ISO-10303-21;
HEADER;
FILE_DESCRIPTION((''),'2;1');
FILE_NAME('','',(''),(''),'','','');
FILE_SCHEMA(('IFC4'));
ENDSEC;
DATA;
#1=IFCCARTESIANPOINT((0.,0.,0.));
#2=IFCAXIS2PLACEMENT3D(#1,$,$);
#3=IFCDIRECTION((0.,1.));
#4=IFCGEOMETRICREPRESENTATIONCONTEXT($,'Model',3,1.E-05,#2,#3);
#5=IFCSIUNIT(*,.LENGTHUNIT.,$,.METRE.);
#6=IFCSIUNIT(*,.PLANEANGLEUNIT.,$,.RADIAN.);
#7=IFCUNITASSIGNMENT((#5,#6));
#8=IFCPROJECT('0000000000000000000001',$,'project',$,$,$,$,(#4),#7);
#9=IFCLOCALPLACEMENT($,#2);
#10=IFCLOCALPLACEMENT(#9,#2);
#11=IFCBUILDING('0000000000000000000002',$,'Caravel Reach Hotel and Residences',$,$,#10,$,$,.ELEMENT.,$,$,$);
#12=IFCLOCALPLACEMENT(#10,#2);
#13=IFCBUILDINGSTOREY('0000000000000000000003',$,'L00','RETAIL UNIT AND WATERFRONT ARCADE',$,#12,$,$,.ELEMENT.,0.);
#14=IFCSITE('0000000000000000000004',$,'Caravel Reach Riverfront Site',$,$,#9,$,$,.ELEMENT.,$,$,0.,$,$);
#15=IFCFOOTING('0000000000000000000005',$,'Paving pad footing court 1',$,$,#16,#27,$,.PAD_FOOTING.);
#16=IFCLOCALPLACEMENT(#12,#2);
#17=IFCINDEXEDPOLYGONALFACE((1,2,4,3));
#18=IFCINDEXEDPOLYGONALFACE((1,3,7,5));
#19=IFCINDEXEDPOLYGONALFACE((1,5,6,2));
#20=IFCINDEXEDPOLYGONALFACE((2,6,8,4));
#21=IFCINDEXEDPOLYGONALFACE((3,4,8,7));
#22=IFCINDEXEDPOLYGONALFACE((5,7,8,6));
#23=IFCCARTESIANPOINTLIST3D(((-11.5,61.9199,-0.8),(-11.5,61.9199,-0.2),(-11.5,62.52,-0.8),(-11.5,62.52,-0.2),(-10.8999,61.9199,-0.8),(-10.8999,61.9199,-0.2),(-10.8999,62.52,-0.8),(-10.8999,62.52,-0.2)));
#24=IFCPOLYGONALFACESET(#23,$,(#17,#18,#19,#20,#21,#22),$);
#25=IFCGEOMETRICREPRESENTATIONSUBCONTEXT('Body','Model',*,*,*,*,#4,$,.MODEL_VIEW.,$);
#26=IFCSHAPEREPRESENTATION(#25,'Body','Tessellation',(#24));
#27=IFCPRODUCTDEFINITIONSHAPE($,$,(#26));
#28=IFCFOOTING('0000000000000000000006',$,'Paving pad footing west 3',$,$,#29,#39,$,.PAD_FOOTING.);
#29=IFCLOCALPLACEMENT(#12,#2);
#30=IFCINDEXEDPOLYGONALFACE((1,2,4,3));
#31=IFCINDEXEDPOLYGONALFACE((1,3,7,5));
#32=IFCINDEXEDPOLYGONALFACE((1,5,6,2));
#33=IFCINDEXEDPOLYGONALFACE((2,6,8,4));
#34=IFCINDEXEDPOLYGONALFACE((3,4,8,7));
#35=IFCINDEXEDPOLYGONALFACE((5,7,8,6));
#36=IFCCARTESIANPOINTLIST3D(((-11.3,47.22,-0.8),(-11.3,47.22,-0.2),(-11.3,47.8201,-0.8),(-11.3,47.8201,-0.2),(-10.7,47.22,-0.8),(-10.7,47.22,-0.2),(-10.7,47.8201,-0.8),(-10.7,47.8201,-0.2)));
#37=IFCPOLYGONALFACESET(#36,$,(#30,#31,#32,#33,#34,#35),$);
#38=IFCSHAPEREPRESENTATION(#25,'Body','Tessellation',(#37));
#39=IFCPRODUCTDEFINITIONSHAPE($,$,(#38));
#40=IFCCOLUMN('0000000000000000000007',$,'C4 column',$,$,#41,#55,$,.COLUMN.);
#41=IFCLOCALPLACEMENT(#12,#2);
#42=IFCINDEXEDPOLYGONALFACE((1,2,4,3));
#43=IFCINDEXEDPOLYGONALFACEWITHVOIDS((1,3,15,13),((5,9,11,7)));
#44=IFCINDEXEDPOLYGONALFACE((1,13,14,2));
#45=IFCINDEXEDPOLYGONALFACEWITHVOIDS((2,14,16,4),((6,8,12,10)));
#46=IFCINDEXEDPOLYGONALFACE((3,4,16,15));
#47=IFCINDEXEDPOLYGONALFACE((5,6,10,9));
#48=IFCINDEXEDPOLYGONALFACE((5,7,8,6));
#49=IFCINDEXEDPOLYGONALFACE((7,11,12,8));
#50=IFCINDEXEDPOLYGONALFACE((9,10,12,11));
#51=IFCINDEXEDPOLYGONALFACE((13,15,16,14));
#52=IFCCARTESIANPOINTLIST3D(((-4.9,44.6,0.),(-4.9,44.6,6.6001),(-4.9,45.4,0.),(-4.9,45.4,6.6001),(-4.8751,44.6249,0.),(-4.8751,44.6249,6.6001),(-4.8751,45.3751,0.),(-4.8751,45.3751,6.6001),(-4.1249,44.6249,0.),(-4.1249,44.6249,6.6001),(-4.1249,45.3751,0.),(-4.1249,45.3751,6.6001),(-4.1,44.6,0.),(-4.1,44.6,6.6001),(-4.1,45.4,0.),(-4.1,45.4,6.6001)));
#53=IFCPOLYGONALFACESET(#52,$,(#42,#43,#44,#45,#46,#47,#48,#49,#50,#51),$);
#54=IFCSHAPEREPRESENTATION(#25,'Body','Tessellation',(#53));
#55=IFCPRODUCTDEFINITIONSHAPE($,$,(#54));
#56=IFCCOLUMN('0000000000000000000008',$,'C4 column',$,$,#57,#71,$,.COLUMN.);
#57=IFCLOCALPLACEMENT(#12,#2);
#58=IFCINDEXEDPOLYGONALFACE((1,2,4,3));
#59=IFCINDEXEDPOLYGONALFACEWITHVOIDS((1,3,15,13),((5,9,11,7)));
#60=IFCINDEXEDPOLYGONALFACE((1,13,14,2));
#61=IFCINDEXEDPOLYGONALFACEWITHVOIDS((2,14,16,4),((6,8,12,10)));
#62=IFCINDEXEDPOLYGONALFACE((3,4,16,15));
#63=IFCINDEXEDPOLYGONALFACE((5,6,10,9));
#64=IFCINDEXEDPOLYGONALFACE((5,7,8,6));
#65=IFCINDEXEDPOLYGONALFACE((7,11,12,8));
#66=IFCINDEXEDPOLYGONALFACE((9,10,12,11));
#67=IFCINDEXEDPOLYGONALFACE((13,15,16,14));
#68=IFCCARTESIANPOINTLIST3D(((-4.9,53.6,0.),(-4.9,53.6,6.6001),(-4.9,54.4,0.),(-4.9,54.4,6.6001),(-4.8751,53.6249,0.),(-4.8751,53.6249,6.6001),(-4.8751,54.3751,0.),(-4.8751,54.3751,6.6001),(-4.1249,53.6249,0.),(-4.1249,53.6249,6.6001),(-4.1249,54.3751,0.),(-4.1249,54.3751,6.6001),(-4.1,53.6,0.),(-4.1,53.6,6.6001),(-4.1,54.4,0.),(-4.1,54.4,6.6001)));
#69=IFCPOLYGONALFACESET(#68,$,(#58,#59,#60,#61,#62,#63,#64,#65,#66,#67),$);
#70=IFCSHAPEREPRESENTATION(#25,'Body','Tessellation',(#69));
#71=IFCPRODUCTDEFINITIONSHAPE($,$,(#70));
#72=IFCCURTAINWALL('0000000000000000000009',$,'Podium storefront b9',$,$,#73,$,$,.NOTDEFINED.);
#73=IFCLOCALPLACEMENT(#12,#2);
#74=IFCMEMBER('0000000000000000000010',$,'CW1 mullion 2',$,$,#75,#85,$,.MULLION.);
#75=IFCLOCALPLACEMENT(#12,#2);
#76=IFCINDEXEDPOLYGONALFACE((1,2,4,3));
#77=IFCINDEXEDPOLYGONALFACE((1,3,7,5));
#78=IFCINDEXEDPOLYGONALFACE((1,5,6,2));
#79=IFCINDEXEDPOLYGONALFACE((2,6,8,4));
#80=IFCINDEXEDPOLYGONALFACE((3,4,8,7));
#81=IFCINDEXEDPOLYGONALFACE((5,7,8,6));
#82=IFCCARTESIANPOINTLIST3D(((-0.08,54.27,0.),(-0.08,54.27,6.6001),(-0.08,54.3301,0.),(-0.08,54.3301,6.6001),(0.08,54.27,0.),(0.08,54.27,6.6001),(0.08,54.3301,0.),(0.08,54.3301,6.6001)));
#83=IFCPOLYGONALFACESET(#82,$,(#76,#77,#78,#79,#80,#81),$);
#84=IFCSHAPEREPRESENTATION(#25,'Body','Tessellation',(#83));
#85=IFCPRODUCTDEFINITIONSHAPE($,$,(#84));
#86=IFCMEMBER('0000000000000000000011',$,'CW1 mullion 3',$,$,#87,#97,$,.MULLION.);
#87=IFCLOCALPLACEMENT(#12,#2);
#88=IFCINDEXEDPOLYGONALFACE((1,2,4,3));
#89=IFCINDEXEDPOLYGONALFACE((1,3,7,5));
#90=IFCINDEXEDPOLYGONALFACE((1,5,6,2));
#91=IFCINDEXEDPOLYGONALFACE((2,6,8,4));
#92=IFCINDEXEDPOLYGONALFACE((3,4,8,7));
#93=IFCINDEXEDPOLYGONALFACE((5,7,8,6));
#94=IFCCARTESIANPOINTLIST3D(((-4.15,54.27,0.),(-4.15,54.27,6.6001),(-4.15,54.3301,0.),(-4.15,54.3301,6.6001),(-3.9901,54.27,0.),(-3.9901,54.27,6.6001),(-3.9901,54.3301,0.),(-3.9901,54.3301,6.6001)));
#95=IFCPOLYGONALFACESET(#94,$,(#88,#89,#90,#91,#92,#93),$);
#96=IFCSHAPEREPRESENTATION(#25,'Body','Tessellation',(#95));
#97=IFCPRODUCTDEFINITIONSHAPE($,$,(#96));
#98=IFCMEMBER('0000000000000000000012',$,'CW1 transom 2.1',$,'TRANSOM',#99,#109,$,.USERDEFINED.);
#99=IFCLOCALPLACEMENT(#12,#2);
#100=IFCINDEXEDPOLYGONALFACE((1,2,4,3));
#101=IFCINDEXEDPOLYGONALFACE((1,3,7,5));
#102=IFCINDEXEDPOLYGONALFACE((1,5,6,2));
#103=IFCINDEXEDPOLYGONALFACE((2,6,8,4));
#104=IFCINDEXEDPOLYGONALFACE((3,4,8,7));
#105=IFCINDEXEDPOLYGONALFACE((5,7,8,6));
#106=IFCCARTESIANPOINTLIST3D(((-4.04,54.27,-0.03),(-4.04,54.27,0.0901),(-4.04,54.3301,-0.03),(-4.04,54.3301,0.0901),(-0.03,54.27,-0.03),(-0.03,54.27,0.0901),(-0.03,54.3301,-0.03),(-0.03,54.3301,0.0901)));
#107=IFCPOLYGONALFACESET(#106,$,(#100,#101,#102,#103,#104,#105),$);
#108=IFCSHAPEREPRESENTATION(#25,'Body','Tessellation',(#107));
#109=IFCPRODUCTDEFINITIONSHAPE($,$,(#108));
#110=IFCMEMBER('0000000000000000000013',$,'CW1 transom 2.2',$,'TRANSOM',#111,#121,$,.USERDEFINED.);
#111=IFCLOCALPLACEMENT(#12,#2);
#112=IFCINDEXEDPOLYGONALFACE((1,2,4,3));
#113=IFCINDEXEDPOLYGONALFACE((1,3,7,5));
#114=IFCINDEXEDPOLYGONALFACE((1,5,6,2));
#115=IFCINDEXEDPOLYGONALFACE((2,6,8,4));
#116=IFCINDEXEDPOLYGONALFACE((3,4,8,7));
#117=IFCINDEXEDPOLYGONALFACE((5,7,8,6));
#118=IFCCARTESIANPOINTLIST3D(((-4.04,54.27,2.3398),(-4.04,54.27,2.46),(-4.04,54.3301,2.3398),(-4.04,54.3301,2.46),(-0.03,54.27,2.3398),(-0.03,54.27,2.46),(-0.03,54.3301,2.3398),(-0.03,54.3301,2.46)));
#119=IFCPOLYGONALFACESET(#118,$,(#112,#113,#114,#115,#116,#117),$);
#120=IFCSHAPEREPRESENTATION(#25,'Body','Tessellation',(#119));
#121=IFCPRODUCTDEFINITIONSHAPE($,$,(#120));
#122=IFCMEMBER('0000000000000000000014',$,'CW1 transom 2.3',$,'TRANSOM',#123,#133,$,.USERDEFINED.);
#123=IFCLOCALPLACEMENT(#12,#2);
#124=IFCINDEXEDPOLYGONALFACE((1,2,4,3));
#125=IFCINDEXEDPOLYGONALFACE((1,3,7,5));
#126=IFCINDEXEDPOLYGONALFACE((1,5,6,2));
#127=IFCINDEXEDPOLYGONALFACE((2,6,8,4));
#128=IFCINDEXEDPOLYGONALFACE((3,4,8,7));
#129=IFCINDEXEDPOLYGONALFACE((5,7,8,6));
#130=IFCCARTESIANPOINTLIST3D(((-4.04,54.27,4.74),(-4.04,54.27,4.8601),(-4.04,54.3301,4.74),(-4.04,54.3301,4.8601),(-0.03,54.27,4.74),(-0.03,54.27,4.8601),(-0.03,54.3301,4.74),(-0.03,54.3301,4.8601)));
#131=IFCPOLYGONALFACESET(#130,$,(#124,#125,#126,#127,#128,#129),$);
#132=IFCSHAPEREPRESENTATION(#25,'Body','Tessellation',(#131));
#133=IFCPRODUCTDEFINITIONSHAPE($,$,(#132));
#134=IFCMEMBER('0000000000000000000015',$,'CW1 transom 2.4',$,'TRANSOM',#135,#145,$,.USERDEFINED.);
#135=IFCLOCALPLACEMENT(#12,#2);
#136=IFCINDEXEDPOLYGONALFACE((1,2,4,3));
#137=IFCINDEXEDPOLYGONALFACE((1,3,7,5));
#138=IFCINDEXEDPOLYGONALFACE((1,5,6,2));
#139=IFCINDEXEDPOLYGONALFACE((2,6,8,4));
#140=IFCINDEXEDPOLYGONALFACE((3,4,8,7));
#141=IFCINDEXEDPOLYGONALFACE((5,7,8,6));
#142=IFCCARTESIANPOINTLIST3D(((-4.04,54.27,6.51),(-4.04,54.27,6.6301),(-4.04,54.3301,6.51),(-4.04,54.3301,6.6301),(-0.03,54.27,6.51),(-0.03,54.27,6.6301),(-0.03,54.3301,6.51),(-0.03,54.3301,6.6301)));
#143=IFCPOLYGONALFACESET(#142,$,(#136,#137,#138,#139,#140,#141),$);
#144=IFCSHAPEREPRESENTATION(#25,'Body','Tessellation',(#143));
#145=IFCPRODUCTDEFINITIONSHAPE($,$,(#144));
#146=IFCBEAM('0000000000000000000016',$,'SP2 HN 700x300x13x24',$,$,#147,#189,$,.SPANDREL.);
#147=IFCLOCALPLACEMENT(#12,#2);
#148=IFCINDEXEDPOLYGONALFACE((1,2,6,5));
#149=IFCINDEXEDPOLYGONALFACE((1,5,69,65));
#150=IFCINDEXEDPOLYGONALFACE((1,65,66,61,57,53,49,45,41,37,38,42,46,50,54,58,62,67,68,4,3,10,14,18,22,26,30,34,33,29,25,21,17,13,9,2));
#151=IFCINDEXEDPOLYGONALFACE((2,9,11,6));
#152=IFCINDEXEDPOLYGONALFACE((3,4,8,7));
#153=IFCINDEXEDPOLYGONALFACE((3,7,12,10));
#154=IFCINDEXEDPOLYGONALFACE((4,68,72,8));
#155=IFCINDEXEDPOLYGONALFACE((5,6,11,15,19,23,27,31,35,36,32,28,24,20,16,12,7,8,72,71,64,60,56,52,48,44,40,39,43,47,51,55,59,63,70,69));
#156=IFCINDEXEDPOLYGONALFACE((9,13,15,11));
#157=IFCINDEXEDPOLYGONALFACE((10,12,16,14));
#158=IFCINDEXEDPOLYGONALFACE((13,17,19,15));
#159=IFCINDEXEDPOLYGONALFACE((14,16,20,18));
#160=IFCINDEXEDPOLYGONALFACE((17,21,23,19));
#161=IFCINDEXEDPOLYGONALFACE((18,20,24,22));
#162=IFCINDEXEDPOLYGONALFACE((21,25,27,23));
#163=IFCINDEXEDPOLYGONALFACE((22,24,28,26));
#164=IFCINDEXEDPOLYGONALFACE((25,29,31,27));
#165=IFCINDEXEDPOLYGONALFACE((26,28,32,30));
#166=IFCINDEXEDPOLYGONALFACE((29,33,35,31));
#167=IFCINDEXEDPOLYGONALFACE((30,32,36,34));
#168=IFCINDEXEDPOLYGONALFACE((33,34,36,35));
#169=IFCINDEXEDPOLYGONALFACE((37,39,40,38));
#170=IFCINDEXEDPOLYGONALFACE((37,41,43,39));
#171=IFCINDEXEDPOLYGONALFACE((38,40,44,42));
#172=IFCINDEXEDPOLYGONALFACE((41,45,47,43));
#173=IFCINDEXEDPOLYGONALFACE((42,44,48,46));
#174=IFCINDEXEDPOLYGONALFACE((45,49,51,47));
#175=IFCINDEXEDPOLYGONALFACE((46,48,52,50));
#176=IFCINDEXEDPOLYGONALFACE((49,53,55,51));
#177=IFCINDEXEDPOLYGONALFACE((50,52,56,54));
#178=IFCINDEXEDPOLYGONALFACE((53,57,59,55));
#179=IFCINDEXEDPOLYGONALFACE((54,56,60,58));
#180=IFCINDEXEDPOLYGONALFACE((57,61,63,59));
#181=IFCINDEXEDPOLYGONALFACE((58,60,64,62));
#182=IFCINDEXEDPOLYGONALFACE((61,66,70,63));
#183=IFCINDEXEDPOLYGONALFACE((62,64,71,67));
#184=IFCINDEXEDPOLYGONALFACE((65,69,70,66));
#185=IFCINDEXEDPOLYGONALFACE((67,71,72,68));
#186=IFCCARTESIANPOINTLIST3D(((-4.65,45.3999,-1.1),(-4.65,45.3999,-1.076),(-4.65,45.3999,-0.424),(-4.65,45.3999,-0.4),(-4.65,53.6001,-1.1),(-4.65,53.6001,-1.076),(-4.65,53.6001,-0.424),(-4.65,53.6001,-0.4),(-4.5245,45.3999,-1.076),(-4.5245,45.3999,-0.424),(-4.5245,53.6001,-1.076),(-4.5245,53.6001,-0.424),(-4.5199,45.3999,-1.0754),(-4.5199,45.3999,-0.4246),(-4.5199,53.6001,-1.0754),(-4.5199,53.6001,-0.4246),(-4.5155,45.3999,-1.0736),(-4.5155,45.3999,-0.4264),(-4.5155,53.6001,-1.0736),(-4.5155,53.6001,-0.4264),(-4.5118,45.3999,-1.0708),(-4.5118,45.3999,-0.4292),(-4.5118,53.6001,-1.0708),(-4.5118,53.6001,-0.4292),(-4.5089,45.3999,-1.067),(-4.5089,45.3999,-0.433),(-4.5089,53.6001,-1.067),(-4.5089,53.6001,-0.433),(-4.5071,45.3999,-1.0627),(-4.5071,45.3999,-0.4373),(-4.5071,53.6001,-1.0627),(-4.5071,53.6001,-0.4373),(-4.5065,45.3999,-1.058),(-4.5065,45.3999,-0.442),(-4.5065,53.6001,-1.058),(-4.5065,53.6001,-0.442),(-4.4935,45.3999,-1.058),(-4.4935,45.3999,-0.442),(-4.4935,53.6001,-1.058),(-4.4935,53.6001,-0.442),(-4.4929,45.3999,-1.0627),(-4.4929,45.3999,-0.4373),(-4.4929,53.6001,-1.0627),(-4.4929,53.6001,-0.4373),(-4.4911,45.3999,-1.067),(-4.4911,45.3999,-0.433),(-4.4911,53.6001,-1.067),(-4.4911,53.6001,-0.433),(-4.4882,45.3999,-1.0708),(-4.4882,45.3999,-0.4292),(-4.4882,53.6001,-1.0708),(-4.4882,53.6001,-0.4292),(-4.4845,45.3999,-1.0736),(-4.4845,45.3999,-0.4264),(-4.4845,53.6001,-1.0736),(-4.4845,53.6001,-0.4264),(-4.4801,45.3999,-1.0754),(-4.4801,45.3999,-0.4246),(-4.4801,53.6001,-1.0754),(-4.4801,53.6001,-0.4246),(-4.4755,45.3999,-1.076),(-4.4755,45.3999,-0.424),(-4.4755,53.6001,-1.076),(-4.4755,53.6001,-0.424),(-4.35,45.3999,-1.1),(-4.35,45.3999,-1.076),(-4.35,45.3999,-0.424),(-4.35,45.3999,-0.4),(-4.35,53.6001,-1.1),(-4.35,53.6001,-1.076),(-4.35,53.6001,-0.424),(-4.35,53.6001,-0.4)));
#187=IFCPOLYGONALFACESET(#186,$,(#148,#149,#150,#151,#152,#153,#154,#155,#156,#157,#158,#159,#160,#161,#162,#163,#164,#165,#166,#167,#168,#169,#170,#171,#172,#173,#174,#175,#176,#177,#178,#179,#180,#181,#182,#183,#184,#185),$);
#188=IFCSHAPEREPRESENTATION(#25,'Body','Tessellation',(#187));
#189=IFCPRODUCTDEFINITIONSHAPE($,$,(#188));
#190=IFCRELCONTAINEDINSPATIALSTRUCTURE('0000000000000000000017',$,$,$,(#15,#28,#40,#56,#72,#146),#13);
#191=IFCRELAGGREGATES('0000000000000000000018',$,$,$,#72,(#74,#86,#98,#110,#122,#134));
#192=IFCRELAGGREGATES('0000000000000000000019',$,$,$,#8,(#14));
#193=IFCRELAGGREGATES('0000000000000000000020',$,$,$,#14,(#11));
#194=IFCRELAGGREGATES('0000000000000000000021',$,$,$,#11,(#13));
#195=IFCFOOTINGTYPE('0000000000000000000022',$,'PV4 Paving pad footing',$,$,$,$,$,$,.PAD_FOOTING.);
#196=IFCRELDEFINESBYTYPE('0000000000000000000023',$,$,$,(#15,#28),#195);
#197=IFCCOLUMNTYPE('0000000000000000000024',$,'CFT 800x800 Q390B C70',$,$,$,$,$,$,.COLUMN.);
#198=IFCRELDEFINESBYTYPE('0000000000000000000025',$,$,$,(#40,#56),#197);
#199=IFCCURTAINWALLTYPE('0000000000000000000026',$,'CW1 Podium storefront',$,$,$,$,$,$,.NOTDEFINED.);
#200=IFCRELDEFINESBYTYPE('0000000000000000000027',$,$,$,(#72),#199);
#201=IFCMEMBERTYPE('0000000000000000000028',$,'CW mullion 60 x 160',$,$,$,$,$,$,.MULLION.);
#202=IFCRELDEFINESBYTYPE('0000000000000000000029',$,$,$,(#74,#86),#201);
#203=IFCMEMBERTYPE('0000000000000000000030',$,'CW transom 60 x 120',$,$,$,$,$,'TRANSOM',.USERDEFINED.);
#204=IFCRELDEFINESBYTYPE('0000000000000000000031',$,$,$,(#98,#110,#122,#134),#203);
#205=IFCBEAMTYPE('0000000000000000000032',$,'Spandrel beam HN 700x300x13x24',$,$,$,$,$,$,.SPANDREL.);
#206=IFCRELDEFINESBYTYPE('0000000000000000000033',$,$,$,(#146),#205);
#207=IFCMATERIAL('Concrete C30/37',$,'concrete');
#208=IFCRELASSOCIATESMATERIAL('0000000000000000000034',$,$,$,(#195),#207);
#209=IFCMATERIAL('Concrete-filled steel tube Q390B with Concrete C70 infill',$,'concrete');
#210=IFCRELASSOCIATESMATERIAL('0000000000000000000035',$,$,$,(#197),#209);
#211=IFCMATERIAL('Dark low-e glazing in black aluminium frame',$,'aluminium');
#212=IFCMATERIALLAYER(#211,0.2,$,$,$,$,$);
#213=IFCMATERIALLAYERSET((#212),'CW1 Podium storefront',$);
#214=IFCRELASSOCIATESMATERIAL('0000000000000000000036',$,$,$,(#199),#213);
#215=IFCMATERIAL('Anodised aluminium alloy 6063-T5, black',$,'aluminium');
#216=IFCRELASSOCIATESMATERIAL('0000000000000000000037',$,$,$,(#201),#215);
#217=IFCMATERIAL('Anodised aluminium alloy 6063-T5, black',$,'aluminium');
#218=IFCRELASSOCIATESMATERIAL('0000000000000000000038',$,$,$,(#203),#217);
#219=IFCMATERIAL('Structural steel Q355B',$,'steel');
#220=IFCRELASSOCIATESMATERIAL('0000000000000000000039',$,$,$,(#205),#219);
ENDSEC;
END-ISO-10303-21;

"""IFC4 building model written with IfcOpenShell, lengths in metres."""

from ifc_helpers import new_model, si_unit, direction, frame, origin, origin_2d, place, context, subcontext, project, spatial, rectangle, hollow_rectangle, i_section, extrude, material, layer, layer_set, material_profile, profile_set, type_object, element, aggregate, save


model = new_model("IFC4")

# Units and contexts
model_context = context("Model", 3, precision=1e-05, world=origin(), true_north=direction((0.0, 1.0)))
body_context = subcontext(model_context, "Body", "Model", "MODEL_VIEW")
ifc_project = project(units=[si_unit("LENGTHUNIT", "METRE"), si_unit("PLANEANGLEUNIT", "RADIAN")], contexts=[model_context])

# Site, building, storey
site_placement = place(None, origin())
site = spatial("IfcSite", under=ifc_project, at=site_placement, Name="Caravel Reach Riverfront Site", CompositionType="ELEMENT", RefElevation=0.0)
building_placement = place(site_placement, origin())
building = spatial("IfcBuilding", under=site, at=building_placement, Name="Caravel Reach Hotel and Residences", CompositionType="ELEMENT")
storey_placement = place(building_placement, origin())
storey = spatial("IfcBuildingStorey", under=building, at=storey_placement, Name="L00", Description="RETAIL UNIT AND WATERFRONT ARCADE", CompositionType="ELEMENT", Elevation=0.0)

# Footings
ifc_material_1 = material(Name="Concrete C30/37", Category="concrete")
footing_type = type_object("IfcFootingType", Name="PV4 Paving pad footing", PredefinedType="PAD_FOOTING", material=ifc_material_1)
for number, where, z_axis, x_axis, name in (
    (1, (-11.2, 62.22, -0.8), (0.0, 0.0, 1.0), (1.0, 0.0, 0.0), "Paving pad footing court 1"),
    (2, (-11.0, 47.52, -0.8), (0.0, 0.0, 1.0), (1.0, 0.0, 0.0), "Paving pad footing west 3"),
):
    element("IfcFooting", number, at=place(storey_placement, frame(where, z_axis=z_axis, x_axis=x_axis)), inside=storey, type_object=footing_type, Name=name, PredefinedType="PAD_FOOTING", context=body_context, shape_type="SweptSolid", body=[
        extrude(rectangle(XDim=0.6001, YDim=0.6001, at=origin_2d()), origin(), (0.0, 0.0, 1.0), 0.6001),
    ])

# Columns
ifc_material_2 = material(Name="Concrete-filled steel tube Q390B with Concrete C70 infill", Category="concrete")
ifc_material_profile_1 = material_profile(ifc_material_2, hollow_rectangle(XDim=0.8, YDim=0.8, WallThickness=0.0249, at=origin_2d()), Name="RHS 800x800x25")
ifc_profile_set_1 = profile_set([ifc_material_profile_1], Name="Concrete-filled steel tube Q390B with Concrete C70 infill")
column_type = type_object("IfcColumnType", Name="CFT 800x800 Q390B C70", PredefinedType="COLUMN", material=ifc_profile_set_1)
for number, where, z_axis, x_axis, name in (
    (3, (-4.5, 45.0, 0.0), (0.0, 0.0, 1.0), (1.0, 0.0, 0.0), "C4 column"),
    (4, (-4.5, 54.0, 0.0), (0.0, 0.0, 1.0), (1.0, 0.0, 0.0), "C4 column"),
):
    element("IfcColumn", number, at=place(storey_placement, frame(where, z_axis=z_axis, x_axis=x_axis)), inside=storey, type_object=column_type, Name=name, PredefinedType="COLUMN", context=body_context, shape_type="SweptSolid", body=[
        extrude(hollow_rectangle(XDim=0.8, YDim=0.8, WallThickness=0.0249, at=origin_2d()), origin(), (0.0, 0.0, 1.0), 6.6001),
    ])

# Curtain wall, members
ifc_material_3 = material(Name="Dark low-e glazing in black aluminium frame", Category="aluminium")
ifc_layer_1 = layer(ifc_material_3, 0.2)
ifc_layer_set_1 = layer_set([ifc_layer_1], Name="CW1 Podium storefront")
curtain_wall_type = type_object("IfcCurtainWallType", Name="CW1 Podium storefront", PredefinedType="NOTDEFINED", material=ifc_layer_set_1)
curtain_wall_placement = place(storey_placement, origin())
curtain_wall = element("IfcCurtainWall", 5, at=curtain_wall_placement, inside=storey, type_object=curtain_wall_type, Name="Podium storefront b9", PredefinedType="NOTDEFINED")
ifc_material_4 = material(Name="Anodised aluminium alloy 6063-T5, black", Category="aluminium")
ifc_material_profile_2 = material_profile(ifc_material_4, rectangle(XDim=0.0601, YDim=0.1599, at=origin_2d()), Name="CW mullion 60 x 160")
ifc_profile_set_2 = profile_set([ifc_material_profile_2], Name="Anodised aluminium alloy 6063-T5, black")
member_type_1 = type_object("IfcMemberType", Name="CW mullion 60 x 160", PredefinedType="MULLION", material=ifc_profile_set_2)
member_1_placement = place(storey_placement, frame((0.0, 54.3, 0.0), z_axis=(0.0, 0.0, 1.0), x_axis=(0.0, -1.0, 0.0)))
member_1 = element("IfcMember", 6, at=member_1_placement, type_object=member_type_1, Name="CW1 mullion 2", PredefinedType="MULLION", context=body_context, shape_type="SweptSolid", body=[
    extrude(rectangle(XDim=0.0601, YDim=0.1599, at=origin_2d()), origin(), (0.0, 0.0, 1.0), 6.6001),
])
member_2_placement = place(storey_placement, frame((-4.0701, 54.3, 0.0), z_axis=(0.0, 0.0, 1.0), x_axis=(0.0, -1.0, 0.0)))
member_2 = element("IfcMember", 7, at=member_2_placement, type_object=member_type_1, Name="CW1 mullion 3", PredefinedType="MULLION", context=body_context, shape_type="SweptSolid", body=[
    extrude(rectangle(XDim=0.0601, YDim=0.1599, at=origin_2d()), origin(), (0.0, 0.0, 1.0), 6.6001),
])
ifc_material_5 = material(Name="Anodised aluminium alloy 6063-T5, black", Category="aluminium")
ifc_material_profile_3 = material_profile(ifc_material_5, rectangle(XDim=0.0601, YDim=0.1201, at=origin_2d()), Name="CW transom 60 x 120")
ifc_profile_set_3 = profile_set([ifc_material_profile_3], Name="Anodised aluminium alloy 6063-T5, black")
member_type_2 = type_object("IfcMemberType", Name="CW transom 60 x 120", ElementType="TRANSOM", PredefinedType="USERDEFINED", material=ifc_profile_set_3)
member_3_placement = place(storey_placement, frame((-0.03, 54.3, 0.03), z_axis=(-1.0, 0.0, 0.0), x_axis=(0.0, -1.0, 0.0)))
member_3 = element("IfcMember", 8, at=member_3_placement, type_object=member_type_2, Name="CW1 transom 2.1", ObjectType="TRANSOM", PredefinedType="USERDEFINED", context=body_context, shape_type="SweptSolid", body=[
    extrude(rectangle(XDim=0.0601, YDim=0.1201, at=origin_2d()), origin(), (0.0, 0.0, 1.0), 4.01),
])
member_4_placement = place(storey_placement, frame((-0.03, 54.3, 2.3999), z_axis=(-1.0, 0.0, 0.0), x_axis=(0.0, -1.0, 0.0)))
member_4 = element("IfcMember", 9, at=member_4_placement, type_object=member_type_2, Name="CW1 transom 2.2", ObjectType="TRANSOM", PredefinedType="USERDEFINED", context=body_context, shape_type="SweptSolid", body=[
    extrude(rectangle(XDim=0.0601, YDim=0.1201, at=origin_2d()), origin(), (0.0, 0.0, 1.0), 4.01),
])
member_5_placement = place(storey_placement, frame((-0.03, 54.3, 4.8), z_axis=(-1.0, 0.0, 0.0), x_axis=(0.0, -1.0, 0.0)))
member_5 = element("IfcMember", 10, at=member_5_placement, type_object=member_type_2, Name="CW1 transom 2.3", ObjectType="TRANSOM", PredefinedType="USERDEFINED", context=body_context, shape_type="SweptSolid", body=[
    extrude(rectangle(XDim=0.0601, YDim=0.1201, at=origin_2d()), origin(), (0.0, 0.0, 1.0), 4.01),
])
member_6_placement = place(storey_placement, frame((-0.03, 54.3, 6.5701), z_axis=(-1.0, 0.0, 0.0), x_axis=(0.0, -1.0, 0.0)))
member_6 = element("IfcMember", 11, at=member_6_placement, type_object=member_type_2, Name="CW1 transom 2.4", ObjectType="TRANSOM", PredefinedType="USERDEFINED", context=body_context, shape_type="SweptSolid", body=[
    extrude(rectangle(XDim=0.0601, YDim=0.1201, at=origin_2d()), origin(), (0.0, 0.0, 1.0), 4.01),
])

# Beam
ifc_material_6 = material(Name="Structural steel Q355B", Category="steel")
ifc_material_profile_4 = material_profile(ifc_material_6, i_section(OverallWidth=0.3, OverallDepth=0.7, WebThickness=0.0129, FlangeThickness=0.0239, FilletRadius=0.0181, at=origin_2d()), Name="HN 700x300x13x24")
ifc_profile_set_4 = profile_set([ifc_material_profile_4], Name="Structural steel Q355B")
beam_type = type_object("IfcBeamType", Name="Spandrel beam HN 700x300x13x24", PredefinedType="SPANDREL", material=ifc_profile_set_4)
for number, where, z_axis, x_axis, name in (
    (12, (-4.5, 53.6001, -0.75), (0.0, -1.0, 0.0), (1.0, 0.0, 0.0), "SP2 HN 700x300x13x24"),
):
    element("IfcBeam", number, at=place(storey_placement, frame(where, z_axis=z_axis, x_axis=x_axis)), inside=storey, type_object=beam_type, Name=name, PredefinedType="SPANDREL", context=body_context, shape_type="SweptSolid", body=[
        extrude(i_section(OverallWidth=0.3, OverallDepth=0.7, WebThickness=0.0129, FlangeThickness=0.0239, FilletRadius=0.0181, at=origin_2d()), origin(), (0.0, 0.0, 1.0), 8.2002),
    ])

aggregate(curtain_wall, [member_1, member_2, member_3, member_4, member_5, member_6])

save(model, "model.ifc")
